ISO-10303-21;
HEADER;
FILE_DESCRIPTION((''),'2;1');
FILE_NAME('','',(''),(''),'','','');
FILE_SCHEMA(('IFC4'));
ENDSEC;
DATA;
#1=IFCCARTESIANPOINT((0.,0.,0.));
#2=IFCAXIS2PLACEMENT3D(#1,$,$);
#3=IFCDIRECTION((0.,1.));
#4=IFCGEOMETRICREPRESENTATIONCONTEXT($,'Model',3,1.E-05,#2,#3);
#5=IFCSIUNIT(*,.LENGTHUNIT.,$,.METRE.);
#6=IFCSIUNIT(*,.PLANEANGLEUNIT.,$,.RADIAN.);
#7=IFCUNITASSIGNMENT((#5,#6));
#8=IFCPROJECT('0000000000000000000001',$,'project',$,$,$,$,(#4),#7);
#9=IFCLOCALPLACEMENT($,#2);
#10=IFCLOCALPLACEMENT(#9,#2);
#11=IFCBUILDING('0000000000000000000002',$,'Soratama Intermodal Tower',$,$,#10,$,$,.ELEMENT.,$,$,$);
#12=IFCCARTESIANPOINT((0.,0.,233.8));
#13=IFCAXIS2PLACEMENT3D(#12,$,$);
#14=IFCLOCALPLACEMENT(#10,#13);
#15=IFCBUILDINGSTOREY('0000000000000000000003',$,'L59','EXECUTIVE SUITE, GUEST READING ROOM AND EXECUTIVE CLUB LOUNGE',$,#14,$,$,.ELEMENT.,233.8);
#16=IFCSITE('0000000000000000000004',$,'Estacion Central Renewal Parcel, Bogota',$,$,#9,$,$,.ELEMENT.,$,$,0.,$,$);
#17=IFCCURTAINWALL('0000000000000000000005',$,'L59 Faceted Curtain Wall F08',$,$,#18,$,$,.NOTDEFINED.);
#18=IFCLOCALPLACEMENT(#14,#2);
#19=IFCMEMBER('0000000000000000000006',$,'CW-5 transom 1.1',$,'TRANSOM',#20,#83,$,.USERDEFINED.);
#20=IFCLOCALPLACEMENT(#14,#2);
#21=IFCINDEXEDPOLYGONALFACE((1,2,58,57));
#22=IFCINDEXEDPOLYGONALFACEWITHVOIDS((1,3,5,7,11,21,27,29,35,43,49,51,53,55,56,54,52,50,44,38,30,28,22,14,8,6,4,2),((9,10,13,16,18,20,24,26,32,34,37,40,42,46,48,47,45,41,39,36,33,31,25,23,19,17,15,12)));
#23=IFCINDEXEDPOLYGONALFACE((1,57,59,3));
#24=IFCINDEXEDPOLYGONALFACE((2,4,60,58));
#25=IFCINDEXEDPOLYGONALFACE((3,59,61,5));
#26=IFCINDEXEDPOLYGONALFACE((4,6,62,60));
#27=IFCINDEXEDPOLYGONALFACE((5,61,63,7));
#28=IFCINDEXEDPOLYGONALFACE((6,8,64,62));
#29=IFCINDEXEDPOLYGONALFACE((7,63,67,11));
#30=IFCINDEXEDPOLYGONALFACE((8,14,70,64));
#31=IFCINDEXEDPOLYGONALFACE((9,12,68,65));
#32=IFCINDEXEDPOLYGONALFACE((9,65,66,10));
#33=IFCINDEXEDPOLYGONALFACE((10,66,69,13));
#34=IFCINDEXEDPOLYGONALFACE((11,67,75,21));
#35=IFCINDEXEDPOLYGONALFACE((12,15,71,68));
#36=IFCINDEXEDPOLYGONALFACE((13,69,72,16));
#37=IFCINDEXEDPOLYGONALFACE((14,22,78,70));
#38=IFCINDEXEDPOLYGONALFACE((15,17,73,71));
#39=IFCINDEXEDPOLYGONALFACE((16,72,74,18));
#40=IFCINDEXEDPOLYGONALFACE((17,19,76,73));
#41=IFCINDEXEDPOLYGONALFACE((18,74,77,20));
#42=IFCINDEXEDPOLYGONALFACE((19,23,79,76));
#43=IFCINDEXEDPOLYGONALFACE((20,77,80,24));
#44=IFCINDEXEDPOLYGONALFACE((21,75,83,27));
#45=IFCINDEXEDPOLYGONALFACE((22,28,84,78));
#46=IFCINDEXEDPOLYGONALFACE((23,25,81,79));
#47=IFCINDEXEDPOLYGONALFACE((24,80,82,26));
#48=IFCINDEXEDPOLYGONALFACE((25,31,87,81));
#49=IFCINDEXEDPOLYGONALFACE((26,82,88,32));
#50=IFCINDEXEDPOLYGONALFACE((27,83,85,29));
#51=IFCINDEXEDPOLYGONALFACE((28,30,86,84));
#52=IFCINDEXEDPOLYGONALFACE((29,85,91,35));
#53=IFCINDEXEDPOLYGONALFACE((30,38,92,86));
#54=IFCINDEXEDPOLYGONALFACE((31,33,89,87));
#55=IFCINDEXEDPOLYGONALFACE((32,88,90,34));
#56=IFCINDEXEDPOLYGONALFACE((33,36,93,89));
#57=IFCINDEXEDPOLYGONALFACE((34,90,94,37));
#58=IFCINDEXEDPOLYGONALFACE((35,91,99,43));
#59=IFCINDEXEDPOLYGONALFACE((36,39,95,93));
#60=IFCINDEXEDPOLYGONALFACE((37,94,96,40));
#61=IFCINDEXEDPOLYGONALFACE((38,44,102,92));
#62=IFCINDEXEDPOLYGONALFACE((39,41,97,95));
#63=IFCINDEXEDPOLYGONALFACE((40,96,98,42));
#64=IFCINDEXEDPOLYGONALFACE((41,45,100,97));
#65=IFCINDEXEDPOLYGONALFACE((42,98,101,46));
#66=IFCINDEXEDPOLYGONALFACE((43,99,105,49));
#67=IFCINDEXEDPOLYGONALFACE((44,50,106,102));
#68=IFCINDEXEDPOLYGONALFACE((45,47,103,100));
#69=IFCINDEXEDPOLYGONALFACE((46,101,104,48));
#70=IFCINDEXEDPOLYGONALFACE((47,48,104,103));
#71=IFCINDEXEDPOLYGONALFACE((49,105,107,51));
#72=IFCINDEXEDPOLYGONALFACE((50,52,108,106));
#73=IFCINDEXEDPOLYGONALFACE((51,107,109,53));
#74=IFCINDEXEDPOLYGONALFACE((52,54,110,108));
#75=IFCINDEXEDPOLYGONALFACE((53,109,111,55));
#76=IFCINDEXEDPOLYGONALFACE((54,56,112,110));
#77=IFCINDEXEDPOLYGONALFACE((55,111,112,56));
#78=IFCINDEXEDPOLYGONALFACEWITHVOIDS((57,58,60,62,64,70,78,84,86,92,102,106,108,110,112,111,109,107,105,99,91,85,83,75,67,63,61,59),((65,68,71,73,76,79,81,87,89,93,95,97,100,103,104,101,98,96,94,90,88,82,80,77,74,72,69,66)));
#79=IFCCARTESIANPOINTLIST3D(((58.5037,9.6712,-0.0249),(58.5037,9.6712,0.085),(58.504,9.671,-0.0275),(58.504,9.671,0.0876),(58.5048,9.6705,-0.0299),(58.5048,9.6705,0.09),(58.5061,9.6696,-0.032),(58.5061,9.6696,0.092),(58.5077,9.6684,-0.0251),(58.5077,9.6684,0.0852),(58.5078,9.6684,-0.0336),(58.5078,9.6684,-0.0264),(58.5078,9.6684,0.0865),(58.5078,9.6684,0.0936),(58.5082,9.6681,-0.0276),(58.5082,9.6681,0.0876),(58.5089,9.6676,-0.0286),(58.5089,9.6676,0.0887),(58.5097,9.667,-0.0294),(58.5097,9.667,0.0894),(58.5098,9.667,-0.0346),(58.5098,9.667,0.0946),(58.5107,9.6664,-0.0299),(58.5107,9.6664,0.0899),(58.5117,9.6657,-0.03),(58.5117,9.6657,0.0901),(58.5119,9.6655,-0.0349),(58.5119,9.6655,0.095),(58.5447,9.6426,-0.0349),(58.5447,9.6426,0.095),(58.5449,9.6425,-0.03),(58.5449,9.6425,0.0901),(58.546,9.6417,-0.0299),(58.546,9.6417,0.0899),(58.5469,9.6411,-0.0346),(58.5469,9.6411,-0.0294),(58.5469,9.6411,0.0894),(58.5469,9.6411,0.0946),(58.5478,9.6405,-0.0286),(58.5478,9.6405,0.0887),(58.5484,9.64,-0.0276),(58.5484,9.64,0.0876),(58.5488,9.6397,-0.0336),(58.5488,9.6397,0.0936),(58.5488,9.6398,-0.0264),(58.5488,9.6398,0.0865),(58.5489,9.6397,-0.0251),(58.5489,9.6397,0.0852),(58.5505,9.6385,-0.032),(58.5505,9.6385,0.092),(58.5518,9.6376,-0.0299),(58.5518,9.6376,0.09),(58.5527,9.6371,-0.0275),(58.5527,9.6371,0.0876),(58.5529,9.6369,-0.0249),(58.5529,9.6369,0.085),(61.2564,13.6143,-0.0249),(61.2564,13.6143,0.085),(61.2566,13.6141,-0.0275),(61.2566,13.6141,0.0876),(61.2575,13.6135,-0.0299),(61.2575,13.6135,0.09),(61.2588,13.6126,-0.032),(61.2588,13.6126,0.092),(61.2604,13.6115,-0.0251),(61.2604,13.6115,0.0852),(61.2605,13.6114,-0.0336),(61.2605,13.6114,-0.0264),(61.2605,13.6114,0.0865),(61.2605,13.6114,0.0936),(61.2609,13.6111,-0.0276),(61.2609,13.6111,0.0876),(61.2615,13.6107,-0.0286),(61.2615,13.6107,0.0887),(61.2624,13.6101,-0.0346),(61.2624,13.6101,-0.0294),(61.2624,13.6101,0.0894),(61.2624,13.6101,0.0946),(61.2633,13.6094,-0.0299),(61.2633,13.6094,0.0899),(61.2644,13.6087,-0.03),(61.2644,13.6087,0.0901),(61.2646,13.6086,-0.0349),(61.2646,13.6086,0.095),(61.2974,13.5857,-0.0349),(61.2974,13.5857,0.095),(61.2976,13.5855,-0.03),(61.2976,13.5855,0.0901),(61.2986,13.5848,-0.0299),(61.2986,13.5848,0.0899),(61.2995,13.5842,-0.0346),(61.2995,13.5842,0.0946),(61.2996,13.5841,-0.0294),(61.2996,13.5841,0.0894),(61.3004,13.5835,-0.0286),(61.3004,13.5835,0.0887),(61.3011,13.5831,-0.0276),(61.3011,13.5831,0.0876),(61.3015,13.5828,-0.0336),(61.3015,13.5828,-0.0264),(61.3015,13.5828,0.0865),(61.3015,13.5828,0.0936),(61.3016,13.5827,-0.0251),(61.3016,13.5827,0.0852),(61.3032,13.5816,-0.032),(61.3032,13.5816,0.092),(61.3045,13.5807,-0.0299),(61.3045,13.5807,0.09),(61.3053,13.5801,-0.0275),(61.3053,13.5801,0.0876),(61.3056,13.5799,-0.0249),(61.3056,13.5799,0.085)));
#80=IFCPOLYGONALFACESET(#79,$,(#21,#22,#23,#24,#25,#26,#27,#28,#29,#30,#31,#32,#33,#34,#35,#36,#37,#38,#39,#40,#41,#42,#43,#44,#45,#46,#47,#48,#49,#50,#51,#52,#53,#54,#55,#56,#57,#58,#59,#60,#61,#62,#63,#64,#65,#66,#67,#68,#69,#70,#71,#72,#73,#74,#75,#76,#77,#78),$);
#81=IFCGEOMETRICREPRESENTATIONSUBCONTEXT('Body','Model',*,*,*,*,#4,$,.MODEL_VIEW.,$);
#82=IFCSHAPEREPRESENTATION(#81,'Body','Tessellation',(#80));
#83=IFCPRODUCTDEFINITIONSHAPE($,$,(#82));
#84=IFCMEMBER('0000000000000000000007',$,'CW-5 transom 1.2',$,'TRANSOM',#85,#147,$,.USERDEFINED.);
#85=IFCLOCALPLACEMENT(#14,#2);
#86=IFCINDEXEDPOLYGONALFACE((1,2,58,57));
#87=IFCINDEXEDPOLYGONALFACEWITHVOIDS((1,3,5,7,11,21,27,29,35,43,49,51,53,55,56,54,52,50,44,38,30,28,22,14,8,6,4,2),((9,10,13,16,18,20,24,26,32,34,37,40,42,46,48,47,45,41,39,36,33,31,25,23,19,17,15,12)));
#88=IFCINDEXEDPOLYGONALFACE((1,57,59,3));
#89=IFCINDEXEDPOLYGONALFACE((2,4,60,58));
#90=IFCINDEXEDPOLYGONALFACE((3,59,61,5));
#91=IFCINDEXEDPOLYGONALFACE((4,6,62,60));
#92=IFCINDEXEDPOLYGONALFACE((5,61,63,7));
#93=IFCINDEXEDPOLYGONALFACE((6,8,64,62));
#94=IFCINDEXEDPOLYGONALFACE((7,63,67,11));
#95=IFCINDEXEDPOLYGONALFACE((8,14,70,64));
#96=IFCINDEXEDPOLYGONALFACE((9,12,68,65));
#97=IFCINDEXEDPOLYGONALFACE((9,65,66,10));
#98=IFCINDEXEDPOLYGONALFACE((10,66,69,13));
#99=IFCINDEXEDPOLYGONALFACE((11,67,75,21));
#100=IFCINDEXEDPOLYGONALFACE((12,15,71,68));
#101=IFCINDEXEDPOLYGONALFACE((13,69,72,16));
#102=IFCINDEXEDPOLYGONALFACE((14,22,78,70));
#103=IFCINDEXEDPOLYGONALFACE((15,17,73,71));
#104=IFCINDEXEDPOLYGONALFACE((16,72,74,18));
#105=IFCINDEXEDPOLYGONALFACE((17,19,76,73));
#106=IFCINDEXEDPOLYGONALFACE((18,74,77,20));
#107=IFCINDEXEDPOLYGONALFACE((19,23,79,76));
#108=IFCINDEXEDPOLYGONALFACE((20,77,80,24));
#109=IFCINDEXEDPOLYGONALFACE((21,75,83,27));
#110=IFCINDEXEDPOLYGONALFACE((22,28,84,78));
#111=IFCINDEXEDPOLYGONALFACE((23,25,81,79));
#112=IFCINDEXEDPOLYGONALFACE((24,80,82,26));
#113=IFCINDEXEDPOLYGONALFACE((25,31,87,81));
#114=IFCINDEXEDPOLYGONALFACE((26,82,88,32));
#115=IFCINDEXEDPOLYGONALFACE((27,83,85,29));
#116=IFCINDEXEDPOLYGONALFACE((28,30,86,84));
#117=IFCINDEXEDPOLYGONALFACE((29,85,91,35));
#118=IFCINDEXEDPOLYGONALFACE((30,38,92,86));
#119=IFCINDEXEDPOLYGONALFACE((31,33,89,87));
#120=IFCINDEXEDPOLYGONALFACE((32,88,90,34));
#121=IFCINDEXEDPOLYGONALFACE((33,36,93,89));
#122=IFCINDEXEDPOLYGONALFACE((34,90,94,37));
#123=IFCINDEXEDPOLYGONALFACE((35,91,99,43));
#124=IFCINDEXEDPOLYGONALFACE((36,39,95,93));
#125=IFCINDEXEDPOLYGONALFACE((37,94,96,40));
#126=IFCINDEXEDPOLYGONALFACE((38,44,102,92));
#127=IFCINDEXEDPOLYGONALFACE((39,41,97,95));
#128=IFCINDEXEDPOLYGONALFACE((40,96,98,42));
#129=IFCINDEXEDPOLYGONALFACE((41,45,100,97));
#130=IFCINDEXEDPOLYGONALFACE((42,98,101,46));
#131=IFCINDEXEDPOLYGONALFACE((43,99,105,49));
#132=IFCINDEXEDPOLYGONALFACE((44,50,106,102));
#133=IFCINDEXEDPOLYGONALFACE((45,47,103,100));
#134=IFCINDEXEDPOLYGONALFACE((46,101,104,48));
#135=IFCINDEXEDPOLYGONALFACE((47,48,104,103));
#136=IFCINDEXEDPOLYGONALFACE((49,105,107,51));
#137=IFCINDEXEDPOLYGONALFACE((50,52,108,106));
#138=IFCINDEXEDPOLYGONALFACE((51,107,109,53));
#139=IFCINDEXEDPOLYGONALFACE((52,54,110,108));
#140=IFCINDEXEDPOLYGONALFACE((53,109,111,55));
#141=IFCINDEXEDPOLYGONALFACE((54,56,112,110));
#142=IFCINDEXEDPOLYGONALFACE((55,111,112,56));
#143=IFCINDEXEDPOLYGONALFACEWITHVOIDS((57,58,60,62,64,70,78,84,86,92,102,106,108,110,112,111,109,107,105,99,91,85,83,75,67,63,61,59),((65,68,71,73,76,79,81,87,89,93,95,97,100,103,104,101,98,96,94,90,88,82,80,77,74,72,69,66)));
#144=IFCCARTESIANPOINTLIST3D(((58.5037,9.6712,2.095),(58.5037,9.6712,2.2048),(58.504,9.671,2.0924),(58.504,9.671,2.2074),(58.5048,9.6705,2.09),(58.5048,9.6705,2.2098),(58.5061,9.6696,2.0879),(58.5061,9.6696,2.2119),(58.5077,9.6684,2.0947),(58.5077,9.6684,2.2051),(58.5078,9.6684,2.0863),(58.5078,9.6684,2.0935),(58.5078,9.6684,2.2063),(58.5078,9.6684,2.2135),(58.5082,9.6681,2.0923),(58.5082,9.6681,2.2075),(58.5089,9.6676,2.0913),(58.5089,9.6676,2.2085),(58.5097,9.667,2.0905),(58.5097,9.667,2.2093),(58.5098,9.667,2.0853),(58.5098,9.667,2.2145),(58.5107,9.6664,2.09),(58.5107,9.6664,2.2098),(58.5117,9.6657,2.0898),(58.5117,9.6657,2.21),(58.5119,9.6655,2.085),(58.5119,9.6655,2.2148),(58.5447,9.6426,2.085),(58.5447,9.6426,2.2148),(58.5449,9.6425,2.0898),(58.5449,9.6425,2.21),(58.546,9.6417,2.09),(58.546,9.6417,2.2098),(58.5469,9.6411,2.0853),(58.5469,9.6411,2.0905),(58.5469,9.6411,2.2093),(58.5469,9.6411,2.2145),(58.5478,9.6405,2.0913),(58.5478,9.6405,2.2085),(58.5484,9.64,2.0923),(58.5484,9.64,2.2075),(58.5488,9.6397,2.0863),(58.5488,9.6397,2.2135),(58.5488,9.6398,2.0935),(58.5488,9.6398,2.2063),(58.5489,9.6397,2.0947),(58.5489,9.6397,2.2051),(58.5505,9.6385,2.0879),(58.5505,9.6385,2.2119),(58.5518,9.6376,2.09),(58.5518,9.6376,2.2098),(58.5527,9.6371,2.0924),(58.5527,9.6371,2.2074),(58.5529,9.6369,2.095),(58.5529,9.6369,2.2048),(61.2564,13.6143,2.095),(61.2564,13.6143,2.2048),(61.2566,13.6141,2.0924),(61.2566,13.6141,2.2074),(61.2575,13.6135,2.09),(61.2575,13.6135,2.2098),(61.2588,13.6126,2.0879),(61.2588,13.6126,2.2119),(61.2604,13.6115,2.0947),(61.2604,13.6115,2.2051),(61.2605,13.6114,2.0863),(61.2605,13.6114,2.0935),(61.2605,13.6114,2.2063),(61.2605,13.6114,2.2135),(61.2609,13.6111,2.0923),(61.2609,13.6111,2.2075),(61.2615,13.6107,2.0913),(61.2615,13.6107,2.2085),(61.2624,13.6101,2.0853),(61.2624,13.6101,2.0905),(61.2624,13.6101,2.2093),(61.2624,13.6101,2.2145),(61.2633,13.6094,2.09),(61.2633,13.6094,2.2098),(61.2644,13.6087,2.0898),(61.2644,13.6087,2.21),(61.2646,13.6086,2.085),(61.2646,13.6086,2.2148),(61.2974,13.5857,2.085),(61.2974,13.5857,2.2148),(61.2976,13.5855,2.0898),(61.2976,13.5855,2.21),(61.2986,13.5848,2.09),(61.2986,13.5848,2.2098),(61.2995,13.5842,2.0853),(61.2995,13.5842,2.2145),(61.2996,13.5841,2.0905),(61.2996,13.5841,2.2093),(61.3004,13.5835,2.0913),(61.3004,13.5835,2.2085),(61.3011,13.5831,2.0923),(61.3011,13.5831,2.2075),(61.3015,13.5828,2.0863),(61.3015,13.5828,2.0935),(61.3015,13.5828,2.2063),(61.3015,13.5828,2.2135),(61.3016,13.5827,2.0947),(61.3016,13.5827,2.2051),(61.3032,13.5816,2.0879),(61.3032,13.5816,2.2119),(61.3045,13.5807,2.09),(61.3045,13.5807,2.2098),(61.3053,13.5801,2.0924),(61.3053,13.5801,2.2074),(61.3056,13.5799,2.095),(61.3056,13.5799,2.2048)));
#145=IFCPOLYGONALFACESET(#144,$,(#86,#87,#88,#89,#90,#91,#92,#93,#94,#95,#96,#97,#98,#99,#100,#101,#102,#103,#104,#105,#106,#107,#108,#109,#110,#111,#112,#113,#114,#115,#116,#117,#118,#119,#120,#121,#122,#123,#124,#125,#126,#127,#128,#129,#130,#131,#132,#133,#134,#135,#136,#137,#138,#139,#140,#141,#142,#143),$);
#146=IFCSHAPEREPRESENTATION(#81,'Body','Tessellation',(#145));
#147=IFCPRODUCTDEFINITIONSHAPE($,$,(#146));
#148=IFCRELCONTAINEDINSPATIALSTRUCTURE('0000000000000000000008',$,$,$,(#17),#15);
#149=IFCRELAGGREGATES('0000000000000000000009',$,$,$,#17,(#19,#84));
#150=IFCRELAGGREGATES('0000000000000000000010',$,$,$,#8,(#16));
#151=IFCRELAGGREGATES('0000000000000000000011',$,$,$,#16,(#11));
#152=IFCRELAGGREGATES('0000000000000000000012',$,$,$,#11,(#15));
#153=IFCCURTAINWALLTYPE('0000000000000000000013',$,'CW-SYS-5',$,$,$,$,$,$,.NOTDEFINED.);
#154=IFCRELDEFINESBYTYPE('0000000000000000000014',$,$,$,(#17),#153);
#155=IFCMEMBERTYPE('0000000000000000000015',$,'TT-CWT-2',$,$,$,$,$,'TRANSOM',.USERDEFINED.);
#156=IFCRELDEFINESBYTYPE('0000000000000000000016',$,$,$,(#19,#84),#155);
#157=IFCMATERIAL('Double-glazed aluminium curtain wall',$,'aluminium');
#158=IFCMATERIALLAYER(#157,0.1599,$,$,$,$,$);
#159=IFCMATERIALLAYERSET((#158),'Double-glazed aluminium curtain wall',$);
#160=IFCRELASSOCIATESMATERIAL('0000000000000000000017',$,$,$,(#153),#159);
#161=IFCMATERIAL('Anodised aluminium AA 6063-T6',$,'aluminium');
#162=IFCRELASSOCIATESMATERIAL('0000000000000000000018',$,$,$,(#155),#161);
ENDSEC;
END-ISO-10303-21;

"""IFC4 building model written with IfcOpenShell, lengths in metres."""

from ifc_helpers import new_model, si_unit, direction, frame, origin, origin_2d, place, context, subcontext, project, spatial, hollow_rectangle, extrude, material, layer, layer_set, material_profile, profile_set, type_object, element, aggregate, save


model = new_model("IFC4")

# Units and contexts
model_context = context("Model", 3, precision=1e-05, world=origin(), true_north=direction((0.0, 1.0)))
body_context = subcontext(model_context, "Body", "Model", "MODEL_VIEW")
ifc_project = project(units=[si_unit("LENGTHUNIT", "METRE"), si_unit("PLANEANGLEUNIT", "RADIAN")], contexts=[model_context])

# Site, building, storey
site_placement = place(None, origin())
site = spatial("IfcSite", under=ifc_project, at=site_placement, Name="Estacion Central Renewal Parcel, Bogota", CompositionType="ELEMENT", RefElevation=0.0)
building_placement = place(site_placement, origin())
building = spatial("IfcBuilding", under=site, at=building_placement, Name="Soratama Intermodal Tower", CompositionType="ELEMENT")
storey_placement = place(building_placement, frame((0.0, 0.0, 233.8)))
storey = spatial("IfcBuildingStorey", under=building, at=storey_placement, Name="L59", Description="EXECUTIVE SUITE, GUEST READING ROOM AND EXECUTIVE CLUB LOUNGE", CompositionType="ELEMENT", Elevation=233.8)

# Shared definitions
ifc_material_1 = material(Name="Double-glazed aluminium curtain wall", Category="aluminium")
ifc_layer_1 = layer(ifc_material_1, 0.1599)
ifc_layer_set_1 = layer_set([ifc_layer_1], Name="Double-glazed aluminium curtain wall")
curtain_wall_type = type_object("IfcCurtainWallType", Name="CW-SYS-5", PredefinedType="NOTDEFINED", material=ifc_layer_set_1)

# Curtain wall
curtain_wall_1_placement = place(storey_placement, origin())
curtain_wall_1 = element("IfcCurtainWall", 1, at=curtain_wall_1_placement, inside=storey, type_object=curtain_wall_type, Name="L59 Faceted Curtain Wall F08", PredefinedType="NOTDEFINED")

# Members
ifc_material_2 = material(Name="Anodised aluminium AA 6063-T6", Category="aluminium")
ifc_material_profile_1 = material_profile(ifc_material_2, hollow_rectangle(XDim=0.0601, YDim=0.1299, WallThickness=0.0049, InnerFilletRadius=0.0049, OuterFilletRadius=0.01, at=origin_2d()), Name="CWT130X60X5")
ifc_profile_set_1 = profile_set([ifc_material_profile_1], Name="Anodised aluminium AA 6063-T6")
member_type_1 = type_object("IfcMemberType", Name="TT-CWT-2", ElementType="TRANSOM", PredefinedType="USERDEFINED", material=ifc_profile_set_1)
member_1_placement = place(storey_placement, frame((58.5283, 9.6541, 0.03), z_axis=(0.572416, 0.819963, 0.0), x_axis=(-0.819963, 0.572416, 0.0)))
member_1 = element("IfcMember", 2, at=member_1_placement, type_object=member_type_1, Name="CW-5 transom 1.1", ObjectType="TRANSOM", PredefinedType="USERDEFINED", context=body_context, shape_type="SweptSolid", body=[
    extrude(hollow_rectangle(XDim=0.0601, YDim=0.1299, WallThickness=0.0049, InnerFilletRadius=0.0049, OuterFilletRadius=0.01, at=origin_2d()), origin(), (0.0, 0.0, 1.0), 4.8088),
])
member_2_placement = place(storey_placement, frame((58.5283, 9.6541, 2.1499), z_axis=(0.572416, 0.819963, 0.0), x_axis=(-0.819963, 0.572416, 0.0)))
member_2 = element("IfcMember", 3, at=member_2_placement, type_object=member_type_1, Name="CW-5 transom 1.2", ObjectType="TRANSOM", PredefinedType="USERDEFINED", context=body_context, shape_type="SweptSolid", body=[
    extrude(hollow_rectangle(XDim=0.0601, YDim=0.1299, WallThickness=0.0049, InnerFilletRadius=0.0049, OuterFilletRadius=0.01, at=origin_2d()), origin(), (0.0, 0.0, 1.0), 4.8088),
])

aggregate(curtain_wall_1, [member_1, member_2])

save(model, "model.ifc")
